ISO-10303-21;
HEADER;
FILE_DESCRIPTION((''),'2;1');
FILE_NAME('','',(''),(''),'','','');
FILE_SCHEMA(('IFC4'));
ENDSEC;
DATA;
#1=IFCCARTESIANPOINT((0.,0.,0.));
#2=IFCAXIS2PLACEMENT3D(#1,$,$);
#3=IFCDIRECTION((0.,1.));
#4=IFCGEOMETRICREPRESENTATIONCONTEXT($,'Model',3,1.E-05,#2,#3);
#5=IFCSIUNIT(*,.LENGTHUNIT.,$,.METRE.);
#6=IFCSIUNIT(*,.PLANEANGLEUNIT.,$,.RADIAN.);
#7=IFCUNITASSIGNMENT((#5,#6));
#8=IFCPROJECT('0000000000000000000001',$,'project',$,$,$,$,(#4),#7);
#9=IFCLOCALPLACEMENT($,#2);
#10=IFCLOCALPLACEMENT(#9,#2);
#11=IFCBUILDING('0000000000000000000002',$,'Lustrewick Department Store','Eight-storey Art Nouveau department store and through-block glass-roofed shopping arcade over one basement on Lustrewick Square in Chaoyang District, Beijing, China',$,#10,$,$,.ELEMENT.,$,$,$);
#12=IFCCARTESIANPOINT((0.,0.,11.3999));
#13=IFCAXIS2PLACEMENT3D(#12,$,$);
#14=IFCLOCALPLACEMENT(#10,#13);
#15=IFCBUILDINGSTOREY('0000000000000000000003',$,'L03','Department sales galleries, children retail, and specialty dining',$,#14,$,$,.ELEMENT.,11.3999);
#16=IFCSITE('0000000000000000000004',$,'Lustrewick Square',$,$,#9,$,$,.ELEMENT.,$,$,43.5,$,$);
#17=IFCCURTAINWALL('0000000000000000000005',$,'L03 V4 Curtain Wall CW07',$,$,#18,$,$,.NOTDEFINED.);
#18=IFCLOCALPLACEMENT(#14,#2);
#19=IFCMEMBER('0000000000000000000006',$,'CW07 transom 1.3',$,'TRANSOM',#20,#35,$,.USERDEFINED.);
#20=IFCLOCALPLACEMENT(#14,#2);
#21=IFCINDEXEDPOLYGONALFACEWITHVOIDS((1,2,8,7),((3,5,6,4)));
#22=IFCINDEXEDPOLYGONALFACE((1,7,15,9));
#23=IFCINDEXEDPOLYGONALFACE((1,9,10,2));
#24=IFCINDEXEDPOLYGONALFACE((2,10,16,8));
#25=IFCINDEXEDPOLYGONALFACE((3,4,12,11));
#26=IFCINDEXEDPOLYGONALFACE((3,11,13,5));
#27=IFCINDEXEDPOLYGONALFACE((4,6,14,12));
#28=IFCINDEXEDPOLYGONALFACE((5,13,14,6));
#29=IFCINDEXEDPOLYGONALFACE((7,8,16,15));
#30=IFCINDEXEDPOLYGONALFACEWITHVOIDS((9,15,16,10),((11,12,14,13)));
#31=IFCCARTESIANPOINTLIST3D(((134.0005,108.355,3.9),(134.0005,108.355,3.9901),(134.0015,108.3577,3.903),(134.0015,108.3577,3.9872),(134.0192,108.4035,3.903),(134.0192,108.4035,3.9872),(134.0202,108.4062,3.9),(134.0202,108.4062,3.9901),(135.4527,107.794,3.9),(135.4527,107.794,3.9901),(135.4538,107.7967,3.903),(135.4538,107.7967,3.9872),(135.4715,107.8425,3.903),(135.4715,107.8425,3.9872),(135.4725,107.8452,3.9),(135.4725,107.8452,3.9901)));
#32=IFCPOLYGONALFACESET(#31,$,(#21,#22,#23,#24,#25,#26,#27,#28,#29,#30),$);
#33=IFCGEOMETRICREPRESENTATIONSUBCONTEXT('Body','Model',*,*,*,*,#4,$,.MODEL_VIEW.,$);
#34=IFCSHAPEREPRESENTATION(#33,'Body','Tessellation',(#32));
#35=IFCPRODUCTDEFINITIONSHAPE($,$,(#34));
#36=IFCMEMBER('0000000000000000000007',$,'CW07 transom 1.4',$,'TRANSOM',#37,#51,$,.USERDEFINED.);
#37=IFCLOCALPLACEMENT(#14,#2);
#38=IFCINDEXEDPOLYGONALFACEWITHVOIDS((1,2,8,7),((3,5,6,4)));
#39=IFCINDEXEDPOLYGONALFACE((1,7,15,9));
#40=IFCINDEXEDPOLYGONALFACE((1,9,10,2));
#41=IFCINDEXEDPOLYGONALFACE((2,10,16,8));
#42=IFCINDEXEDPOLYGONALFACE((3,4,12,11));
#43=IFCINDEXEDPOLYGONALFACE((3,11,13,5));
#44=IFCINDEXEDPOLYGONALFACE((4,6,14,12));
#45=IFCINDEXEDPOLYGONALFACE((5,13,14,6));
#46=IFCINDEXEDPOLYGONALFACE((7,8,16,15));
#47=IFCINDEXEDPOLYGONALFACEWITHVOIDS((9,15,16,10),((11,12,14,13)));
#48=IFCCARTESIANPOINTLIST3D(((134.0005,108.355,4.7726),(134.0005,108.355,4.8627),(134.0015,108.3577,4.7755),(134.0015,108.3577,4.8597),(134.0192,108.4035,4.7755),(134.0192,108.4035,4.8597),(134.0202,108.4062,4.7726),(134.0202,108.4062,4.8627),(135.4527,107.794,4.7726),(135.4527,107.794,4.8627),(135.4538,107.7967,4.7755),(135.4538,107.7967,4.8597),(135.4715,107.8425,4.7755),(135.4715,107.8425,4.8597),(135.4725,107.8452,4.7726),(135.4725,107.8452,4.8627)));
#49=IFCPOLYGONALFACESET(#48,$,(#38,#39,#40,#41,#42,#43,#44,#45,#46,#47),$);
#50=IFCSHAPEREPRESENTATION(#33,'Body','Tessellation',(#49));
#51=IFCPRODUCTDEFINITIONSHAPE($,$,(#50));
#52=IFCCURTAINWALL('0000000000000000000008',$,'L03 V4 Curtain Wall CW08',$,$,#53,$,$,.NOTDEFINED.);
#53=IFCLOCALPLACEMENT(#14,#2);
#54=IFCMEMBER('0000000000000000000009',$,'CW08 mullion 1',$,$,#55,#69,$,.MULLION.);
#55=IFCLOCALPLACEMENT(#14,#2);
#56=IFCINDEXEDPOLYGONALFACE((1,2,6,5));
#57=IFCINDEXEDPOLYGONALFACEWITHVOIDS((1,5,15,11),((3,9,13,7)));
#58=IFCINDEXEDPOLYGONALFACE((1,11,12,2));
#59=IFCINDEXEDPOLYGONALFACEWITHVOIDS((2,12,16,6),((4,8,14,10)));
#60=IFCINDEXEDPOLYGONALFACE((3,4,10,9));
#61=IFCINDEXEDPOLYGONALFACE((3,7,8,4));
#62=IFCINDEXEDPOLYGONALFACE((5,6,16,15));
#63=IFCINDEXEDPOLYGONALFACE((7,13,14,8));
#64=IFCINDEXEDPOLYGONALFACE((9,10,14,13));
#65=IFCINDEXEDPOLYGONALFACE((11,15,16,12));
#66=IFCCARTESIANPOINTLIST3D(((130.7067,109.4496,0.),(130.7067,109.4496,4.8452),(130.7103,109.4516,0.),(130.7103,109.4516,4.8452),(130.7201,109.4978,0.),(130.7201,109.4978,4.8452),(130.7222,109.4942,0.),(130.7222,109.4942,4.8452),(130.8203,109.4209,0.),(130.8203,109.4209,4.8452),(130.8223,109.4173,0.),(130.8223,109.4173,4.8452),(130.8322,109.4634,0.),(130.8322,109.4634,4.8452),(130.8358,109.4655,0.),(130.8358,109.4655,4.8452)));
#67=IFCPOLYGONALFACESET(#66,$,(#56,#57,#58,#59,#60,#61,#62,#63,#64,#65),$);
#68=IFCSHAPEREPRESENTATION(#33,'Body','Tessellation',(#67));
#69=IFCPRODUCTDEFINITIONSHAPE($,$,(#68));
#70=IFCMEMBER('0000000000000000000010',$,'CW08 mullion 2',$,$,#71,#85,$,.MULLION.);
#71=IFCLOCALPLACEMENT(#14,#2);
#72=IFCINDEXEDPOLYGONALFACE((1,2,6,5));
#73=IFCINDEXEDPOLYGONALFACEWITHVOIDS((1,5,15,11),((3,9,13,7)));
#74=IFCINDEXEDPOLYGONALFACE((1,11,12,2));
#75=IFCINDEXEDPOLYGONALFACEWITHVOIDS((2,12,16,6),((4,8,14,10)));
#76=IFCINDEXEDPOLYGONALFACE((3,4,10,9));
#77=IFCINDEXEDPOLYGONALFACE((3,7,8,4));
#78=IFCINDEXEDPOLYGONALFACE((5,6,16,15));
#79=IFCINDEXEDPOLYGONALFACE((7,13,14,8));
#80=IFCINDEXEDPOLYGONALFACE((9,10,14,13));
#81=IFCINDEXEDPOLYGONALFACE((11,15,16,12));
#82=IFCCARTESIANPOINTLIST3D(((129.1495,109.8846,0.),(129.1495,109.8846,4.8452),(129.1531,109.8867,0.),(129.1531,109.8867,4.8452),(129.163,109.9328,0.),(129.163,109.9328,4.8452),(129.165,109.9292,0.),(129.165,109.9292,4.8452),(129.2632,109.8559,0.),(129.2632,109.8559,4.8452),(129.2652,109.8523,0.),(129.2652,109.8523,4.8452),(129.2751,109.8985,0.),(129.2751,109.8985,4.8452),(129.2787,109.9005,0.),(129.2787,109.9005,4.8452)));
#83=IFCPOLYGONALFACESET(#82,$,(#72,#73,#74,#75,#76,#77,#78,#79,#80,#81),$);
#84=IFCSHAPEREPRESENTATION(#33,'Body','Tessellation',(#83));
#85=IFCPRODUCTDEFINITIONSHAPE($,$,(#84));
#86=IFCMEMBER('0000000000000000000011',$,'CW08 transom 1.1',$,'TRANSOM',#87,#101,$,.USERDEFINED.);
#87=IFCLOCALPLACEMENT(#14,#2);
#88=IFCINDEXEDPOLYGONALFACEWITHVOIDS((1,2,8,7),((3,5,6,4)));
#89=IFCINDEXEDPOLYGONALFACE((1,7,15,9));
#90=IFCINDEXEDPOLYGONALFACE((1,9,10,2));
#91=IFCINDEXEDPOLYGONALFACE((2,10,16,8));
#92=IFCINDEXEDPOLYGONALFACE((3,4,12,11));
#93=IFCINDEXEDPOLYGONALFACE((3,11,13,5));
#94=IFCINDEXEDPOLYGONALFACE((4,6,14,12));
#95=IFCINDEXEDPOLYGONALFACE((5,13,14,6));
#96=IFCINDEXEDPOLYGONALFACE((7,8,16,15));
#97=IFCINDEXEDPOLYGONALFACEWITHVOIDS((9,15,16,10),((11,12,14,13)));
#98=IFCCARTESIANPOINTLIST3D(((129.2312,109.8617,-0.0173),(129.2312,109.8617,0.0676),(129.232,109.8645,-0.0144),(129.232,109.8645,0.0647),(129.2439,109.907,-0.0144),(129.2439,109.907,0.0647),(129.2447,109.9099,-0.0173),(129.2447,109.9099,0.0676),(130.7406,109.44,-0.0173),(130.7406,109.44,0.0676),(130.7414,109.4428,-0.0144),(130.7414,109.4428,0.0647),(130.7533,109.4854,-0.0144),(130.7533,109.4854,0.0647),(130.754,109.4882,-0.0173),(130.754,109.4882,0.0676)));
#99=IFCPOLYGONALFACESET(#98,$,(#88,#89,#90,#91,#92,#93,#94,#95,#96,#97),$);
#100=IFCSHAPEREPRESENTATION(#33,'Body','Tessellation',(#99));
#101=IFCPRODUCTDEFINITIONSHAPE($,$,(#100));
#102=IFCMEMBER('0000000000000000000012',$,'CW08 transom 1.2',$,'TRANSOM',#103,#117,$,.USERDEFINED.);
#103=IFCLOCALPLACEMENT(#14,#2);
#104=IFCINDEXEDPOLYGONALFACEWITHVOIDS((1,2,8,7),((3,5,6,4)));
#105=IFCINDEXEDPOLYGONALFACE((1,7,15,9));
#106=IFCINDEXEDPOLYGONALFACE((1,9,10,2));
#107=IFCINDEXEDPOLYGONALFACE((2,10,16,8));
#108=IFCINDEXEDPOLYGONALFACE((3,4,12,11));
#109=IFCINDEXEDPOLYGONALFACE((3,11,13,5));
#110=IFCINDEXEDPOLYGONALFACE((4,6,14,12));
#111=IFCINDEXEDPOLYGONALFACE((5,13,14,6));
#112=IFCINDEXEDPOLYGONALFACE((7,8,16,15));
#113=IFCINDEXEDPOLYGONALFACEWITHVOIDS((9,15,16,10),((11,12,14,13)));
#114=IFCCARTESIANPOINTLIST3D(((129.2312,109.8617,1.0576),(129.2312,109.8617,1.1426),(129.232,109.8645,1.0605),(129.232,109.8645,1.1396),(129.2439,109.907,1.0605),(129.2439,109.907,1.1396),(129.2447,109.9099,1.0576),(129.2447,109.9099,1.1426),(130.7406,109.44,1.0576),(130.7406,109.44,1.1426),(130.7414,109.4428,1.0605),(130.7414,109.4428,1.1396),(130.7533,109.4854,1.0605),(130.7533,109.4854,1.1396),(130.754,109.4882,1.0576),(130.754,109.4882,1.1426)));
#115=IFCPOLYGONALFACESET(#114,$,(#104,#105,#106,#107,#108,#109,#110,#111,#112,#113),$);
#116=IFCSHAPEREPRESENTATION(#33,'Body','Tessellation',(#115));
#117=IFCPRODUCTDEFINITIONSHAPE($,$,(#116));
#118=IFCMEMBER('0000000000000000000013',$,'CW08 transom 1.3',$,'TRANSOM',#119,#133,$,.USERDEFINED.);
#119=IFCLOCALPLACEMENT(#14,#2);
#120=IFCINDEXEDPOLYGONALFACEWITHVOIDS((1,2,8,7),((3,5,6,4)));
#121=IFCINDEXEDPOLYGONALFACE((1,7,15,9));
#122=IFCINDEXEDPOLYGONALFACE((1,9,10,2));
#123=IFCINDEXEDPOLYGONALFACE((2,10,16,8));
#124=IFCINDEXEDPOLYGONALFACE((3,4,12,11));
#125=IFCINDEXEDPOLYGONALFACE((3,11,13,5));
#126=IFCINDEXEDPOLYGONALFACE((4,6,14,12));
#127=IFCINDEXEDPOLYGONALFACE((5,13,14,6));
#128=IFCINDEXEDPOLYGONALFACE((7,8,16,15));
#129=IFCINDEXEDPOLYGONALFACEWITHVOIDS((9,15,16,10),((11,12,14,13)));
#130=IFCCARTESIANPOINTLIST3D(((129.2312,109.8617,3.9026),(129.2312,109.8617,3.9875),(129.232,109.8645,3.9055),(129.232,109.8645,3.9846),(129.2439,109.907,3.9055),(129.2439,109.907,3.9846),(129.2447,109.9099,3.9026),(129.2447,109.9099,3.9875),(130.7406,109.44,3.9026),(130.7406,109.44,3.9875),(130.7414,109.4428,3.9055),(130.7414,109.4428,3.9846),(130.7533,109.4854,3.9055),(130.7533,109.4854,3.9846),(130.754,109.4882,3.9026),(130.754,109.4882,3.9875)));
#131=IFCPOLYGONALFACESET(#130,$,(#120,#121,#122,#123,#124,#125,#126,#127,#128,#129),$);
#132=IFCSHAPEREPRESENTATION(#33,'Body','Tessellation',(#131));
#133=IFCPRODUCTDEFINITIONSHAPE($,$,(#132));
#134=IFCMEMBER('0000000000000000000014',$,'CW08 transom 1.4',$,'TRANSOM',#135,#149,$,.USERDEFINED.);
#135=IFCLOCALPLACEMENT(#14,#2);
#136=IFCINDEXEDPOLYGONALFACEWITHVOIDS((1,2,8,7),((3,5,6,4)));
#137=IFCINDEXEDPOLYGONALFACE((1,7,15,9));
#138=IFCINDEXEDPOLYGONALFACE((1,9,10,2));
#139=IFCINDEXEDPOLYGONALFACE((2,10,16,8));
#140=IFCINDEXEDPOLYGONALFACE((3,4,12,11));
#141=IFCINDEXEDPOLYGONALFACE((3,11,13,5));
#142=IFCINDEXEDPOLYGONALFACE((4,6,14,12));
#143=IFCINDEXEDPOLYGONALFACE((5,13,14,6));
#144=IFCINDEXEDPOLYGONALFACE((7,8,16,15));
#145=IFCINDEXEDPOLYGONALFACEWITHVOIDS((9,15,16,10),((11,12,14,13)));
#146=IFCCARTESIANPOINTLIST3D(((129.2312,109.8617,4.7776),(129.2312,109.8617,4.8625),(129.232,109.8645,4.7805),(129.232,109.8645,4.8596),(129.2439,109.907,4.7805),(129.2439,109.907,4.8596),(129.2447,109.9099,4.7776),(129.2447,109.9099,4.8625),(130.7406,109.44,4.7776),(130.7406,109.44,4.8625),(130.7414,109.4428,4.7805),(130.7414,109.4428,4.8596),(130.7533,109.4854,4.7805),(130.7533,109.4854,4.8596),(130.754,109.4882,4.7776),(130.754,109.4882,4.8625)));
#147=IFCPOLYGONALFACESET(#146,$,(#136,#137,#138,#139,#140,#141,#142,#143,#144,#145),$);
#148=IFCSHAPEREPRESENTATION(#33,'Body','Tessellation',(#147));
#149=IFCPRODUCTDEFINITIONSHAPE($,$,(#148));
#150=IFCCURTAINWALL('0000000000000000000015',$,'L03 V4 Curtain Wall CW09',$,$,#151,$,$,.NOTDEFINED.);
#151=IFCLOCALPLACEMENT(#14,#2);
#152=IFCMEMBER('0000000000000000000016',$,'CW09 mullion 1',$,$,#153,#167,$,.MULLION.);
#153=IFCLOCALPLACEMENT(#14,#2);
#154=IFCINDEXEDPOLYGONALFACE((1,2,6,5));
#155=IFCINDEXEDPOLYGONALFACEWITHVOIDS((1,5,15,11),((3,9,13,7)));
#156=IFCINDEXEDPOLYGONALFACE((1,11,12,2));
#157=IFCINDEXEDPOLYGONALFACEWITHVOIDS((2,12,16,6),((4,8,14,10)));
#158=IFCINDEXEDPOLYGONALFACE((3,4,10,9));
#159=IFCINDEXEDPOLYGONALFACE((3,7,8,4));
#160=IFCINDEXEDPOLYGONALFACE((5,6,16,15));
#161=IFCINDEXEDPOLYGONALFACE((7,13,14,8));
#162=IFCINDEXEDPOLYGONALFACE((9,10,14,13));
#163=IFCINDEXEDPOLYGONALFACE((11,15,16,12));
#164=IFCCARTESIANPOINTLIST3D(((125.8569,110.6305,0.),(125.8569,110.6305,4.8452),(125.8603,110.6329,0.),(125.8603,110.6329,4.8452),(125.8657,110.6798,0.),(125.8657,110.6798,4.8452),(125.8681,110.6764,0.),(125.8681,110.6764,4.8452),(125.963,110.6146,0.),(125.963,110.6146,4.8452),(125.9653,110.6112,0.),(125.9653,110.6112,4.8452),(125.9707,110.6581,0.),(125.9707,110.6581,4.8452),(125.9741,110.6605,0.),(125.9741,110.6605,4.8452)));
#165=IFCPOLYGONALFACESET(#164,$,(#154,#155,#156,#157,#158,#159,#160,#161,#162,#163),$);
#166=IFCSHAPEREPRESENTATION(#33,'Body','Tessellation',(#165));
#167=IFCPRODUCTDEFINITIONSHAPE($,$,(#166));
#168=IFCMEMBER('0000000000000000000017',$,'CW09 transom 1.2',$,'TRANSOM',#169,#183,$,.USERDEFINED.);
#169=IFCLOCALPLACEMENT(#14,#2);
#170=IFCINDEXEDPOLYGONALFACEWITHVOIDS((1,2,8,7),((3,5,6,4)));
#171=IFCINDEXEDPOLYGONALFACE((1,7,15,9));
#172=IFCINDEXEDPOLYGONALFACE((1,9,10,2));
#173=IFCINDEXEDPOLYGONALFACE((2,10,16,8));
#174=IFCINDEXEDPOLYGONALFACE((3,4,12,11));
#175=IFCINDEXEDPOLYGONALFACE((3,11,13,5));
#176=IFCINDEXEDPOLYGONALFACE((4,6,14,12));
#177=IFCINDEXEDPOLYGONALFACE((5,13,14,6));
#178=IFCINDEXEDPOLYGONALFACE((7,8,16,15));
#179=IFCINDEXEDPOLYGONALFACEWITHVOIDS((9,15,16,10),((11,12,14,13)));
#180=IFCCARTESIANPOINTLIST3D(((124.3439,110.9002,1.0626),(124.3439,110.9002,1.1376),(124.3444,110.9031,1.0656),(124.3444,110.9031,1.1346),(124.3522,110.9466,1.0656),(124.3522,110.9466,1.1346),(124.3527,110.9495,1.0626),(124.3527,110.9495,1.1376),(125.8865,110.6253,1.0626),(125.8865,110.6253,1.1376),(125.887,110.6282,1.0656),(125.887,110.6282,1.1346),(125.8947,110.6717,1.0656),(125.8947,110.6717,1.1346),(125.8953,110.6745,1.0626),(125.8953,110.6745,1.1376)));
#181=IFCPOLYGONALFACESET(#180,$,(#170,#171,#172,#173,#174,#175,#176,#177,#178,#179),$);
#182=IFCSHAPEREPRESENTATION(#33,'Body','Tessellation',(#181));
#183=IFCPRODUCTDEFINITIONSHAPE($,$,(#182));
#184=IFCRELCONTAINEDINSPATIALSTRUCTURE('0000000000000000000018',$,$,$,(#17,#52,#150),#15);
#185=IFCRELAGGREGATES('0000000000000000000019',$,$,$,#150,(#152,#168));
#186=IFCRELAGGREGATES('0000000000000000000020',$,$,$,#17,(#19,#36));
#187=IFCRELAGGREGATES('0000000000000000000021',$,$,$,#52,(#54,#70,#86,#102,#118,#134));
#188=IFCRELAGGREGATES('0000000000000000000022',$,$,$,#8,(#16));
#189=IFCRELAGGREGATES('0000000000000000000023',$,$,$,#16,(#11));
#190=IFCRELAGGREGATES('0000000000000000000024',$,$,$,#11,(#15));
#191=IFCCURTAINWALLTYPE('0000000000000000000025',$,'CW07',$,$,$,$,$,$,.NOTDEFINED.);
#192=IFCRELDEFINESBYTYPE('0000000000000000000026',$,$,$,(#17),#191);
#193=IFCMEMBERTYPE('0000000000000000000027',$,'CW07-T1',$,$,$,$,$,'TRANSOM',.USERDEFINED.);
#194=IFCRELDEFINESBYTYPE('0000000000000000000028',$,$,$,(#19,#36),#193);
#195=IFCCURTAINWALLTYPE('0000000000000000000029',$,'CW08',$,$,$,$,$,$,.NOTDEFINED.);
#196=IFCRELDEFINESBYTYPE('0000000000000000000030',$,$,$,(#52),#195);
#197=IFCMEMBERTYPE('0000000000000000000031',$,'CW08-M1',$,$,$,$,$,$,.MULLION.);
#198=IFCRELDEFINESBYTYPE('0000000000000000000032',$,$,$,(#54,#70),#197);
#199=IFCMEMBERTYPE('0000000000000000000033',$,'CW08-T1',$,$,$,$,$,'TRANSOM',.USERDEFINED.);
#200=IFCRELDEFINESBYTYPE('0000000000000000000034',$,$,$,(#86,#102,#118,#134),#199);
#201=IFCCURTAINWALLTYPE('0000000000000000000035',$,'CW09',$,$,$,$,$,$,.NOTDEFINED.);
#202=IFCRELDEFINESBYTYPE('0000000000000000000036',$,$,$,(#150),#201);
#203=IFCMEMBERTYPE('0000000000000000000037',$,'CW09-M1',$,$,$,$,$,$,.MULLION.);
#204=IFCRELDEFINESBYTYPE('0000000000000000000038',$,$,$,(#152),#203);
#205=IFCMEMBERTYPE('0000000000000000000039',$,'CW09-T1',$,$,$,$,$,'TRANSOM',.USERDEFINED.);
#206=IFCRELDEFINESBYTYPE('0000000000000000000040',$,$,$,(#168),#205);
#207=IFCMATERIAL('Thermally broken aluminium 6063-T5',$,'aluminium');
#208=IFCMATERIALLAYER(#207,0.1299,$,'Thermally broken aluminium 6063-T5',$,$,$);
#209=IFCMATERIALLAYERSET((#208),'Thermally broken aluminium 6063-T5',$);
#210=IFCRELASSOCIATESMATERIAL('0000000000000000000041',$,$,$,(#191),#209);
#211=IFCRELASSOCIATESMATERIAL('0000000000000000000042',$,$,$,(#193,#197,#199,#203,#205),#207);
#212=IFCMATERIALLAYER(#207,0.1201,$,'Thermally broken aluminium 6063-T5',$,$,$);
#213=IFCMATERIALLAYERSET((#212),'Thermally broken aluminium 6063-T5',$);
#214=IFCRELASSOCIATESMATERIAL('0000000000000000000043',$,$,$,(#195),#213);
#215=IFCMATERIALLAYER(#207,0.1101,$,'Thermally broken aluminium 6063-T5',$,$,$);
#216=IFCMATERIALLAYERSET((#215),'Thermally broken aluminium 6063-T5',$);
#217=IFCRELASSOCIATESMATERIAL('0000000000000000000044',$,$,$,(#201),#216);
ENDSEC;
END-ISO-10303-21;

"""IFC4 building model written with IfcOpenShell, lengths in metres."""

from ifc_helpers import new_model, si_unit, direction, frame, origin, origin_2d, place, context, subcontext, project, spatial, hollow_rectangle, extrude, material, layer, layer_set, material_profile, profile_set, type_object, element, aggregate, save


model = new_model("IFC4")

# Units and contexts
model_context = context("Model", 3, precision=1e-05, world=origin(), true_north=direction((0.0, 1.0)))
body_context = subcontext(model_context, "Body", "Model", "MODEL_VIEW")
ifc_project = project(units=[si_unit("LENGTHUNIT", "METRE"), si_unit("PLANEANGLEUNIT", "RADIAN")], contexts=[model_context])

# Site, building, storey
site_placement = place(None, origin())
site = spatial("IfcSite", under=ifc_project, at=site_placement, Name="Lustrewick Square", CompositionType="ELEMENT", RefElevation=43.5)
building_placement = place(site_placement, origin())
building = spatial("IfcBuilding", under=site, at=building_placement, Name="Lustrewick Department Store", Description="Eight-storey Art Nouveau department store and through-block glass-roofed shopping arcade over one basement on Lustrewick Square in Chaoyang District, Beijing, China", CompositionType="ELEMENT")
storey_placement = place(building_placement, frame((0.0, 0.0, 11.3999)))
storey = spatial("IfcBuildingStorey", under=building, at=storey_placement, Name="L03", Description="Department sales galleries, children retail, and specialty dining", CompositionType="ELEMENT", Elevation=11.3999)

# Shared definitions
ifc_material_1 = material(Name="Thermally broken aluminium 6063-T5", Category="aluminium")

# Curtain walls, members
ifc_layer_1 = layer(ifc_material_1, 0.1299, Name="Thermally broken aluminium 6063-T5")
ifc_layer_set_1 = layer_set([ifc_layer_1], Name="Thermally broken aluminium 6063-T5")
curtain_wall_type_1 = type_object("IfcCurtainWallType", Name="CW07", PredefinedType="NOTDEFINED", material=ifc_layer_set_1)
curtain_wall_1_placement = place(storey_placement, origin())
curtain_wall_1 = element("IfcCurtainWall", 1, at=curtain_wall_1_placement, inside=storey, type_object=curtain_wall_type_1, Name="L03 V4 Curtain Wall CW07", PredefinedType="NOTDEFINED")
ifc_material_profile_1 = material_profile(ifc_material_1, hollow_rectangle(XDim=0.0549, YDim=0.0901, WallThickness=0.0029, at=origin_2d()), Name="ALU-T 55x90x3")
ifc_profile_set_1 = profile_set([ifc_material_profile_1], Name="Thermally broken aluminium 6063-T5")
member_type_1 = type_object("IfcMemberType", Name="CW07-T1", ElementType="TRANSOM", PredefinedType="USERDEFINED", material=ifc_profile_set_1)
member_1_placement = place(storey_placement, frame((135.4626, 107.8196, 3.9451), z_axis=(-0.932823, 0.360334, 0.0), x_axis=(-0.360334, -0.932823, 0.0)))
member_1 = element("IfcMember", 2, at=member_1_placement, type_object=member_type_1, Name="CW07 transom 1.3", ObjectType="TRANSOM", PredefinedType="USERDEFINED", context=body_context, shape_type="SweptSolid", body=[
    extrude(hollow_rectangle(XDim=0.0549, YDim=0.0901, WallThickness=0.0029, at=origin_2d()), origin(), (0.0, 0.0, 1.0), 1.5569),
])
member_2_placement = place(storey_placement, frame((135.4626, 107.8196, 4.8176), z_axis=(-0.932823, 0.360334, 0.0), x_axis=(-0.360334, -0.932823, 0.0)))
member_2 = element("IfcMember", 3, at=member_2_placement, type_object=member_type_1, Name="CW07 transom 1.4", ObjectType="TRANSOM", PredefinedType="USERDEFINED", context=body_context, shape_type="SweptSolid", body=[
    extrude(hollow_rectangle(XDim=0.0549, YDim=0.0901, WallThickness=0.0029, at=origin_2d()), origin(), (0.0, 0.0, 1.0), 1.5569),
])
ifc_layer_2 = layer(ifc_material_1, 0.1201, Name="Thermally broken aluminium 6063-T5")
ifc_layer_set_2 = layer_set([ifc_layer_2], Name="Thermally broken aluminium 6063-T5")
curtain_wall_type_2 = type_object("IfcCurtainWallType", Name="CW08", PredefinedType="NOTDEFINED", material=ifc_layer_set_2)
curtain_wall_2_placement = place(storey_placement, origin())
curtain_wall_2 = element("IfcCurtainWall", 4, at=curtain_wall_2_placement, inside=storey, type_object=curtain_wall_type_2, Name="L03 V4 Curtain Wall CW08", PredefinedType="NOTDEFINED")
ifc_material_profile_2 = material_profile(ifc_material_1, hollow_rectangle(XDim=0.05, YDim=0.1201, WallThickness=0.0029, at=origin_2d()), Name="ALU-M 50x120x3")
ifc_profile_set_2 = profile_set([ifc_material_profile_2], Name="Thermally broken aluminium 6063-T5")
member_type_2 = type_object("IfcMemberType", Name="CW08-M1", PredefinedType="MULLION", material=ifc_profile_set_2)
member_3_placement = place(storey_placement, frame((130.7712, 109.4575, 0.0), z_axis=(0.0, 0.0, 1.0), x_axis=(-0.269123, -0.963106, 0.0)))
member_3 = element("IfcMember", 5, at=member_3_placement, type_object=member_type_2, Name="CW08 mullion 1", PredefinedType="MULLION", context=body_context, shape_type="SweptSolid", body=[
    extrude(hollow_rectangle(XDim=0.05, YDim=0.1201, WallThickness=0.0029, at=origin_2d()), origin(), (0.0, 0.0, 1.0), 4.8452),
])
member_4_placement = place(storey_placement, frame((129.2141, 109.8926, 0.0), z_axis=(0.0, 0.0, 1.0), x_axis=(-0.269123, -0.963106, 0.0)))
member_4 = element("IfcMember", 6, at=member_4_placement, type_object=member_type_2, Name="CW08 mullion 2", PredefinedType="MULLION", context=body_context, shape_type="SweptSolid", body=[
    extrude(hollow_rectangle(XDim=0.05, YDim=0.1201, WallThickness=0.0029, at=origin_2d()), origin(), (0.0, 0.0, 1.0), 4.8452),
])
ifc_material_profile_3 = material_profile(ifc_material_1, hollow_rectangle(XDim=0.05, YDim=0.085, WallThickness=0.0029, at=origin_2d()), Name="ALU-T 50x85x3")
ifc_profile_set_3 = profile_set([ifc_material_profile_3], Name="Thermally broken aluminium 6063-T5")
member_type_3 = type_object("IfcMemberType", Name="CW08-T1", ElementType="TRANSOM", PredefinedType="USERDEFINED", material=ifc_profile_set_3)
member_5_placement = place(storey_placement, frame((130.7473, 109.4641, 0.0251), z_axis=(-0.963124, 0.269058, 0.0), x_axis=(-0.269058, -0.963124, 0.0)))
member_5 = element("IfcMember", 7, at=member_5_placement, type_object=member_type_3, Name="CW08 transom 1.1", ObjectType="TRANSOM", PredefinedType="USERDEFINED", context=body_context, shape_type="SweptSolid", body=[
    extrude(hollow_rectangle(XDim=0.05, YDim=0.085, WallThickness=0.0029, at=origin_2d()), origin(), (0.0, 0.0, 1.0), 1.5671),
])
member_6_placement = place(storey_placement, frame((130.7473, 109.4641, 1.1001), z_axis=(-0.963124, 0.269058, 0.0), x_axis=(-0.269058, -0.963124, 0.0)))
member_6 = element("IfcMember", 8, at=member_6_placement, type_object=member_type_3, Name="CW08 transom 1.2", ObjectType="TRANSOM", PredefinedType="USERDEFINED", context=body_context, shape_type="SweptSolid", body=[
    extrude(hollow_rectangle(XDim=0.05, YDim=0.085, WallThickness=0.0029, at=origin_2d()), origin(), (0.0, 0.0, 1.0), 1.5671),
])
member_7_placement = place(storey_placement, frame((130.7473, 109.4641, 3.9451), z_axis=(-0.963124, 0.269058, 0.0), x_axis=(-0.269058, -0.963124, 0.0)))
member_7 = element("IfcMember", 9, at=member_7_placement, type_object=member_type_3, Name="CW08 transom 1.3", ObjectType="TRANSOM", PredefinedType="USERDEFINED", context=body_context, shape_type="SweptSolid", body=[
    extrude(hollow_rectangle(XDim=0.05, YDim=0.085, WallThickness=0.0029, at=origin_2d()), origin(), (0.0, 0.0, 1.0), 1.5671),
])
member_8_placement = place(storey_placement, frame((130.7473, 109.4641, 4.8201), z_axis=(-0.963124, 0.269058, 0.0), x_axis=(-0.269058, -0.963124, 0.0)))
member_8 = element("IfcMember", 10, at=member_8_placement, type_object=member_type_3, Name="CW08 transom 1.4", ObjectType="TRANSOM", PredefinedType="USERDEFINED", context=body_context, shape_type="SweptSolid", body=[
    extrude(hollow_rectangle(XDim=0.05, YDim=0.085, WallThickness=0.0029, at=origin_2d()), origin(), (0.0, 0.0, 1.0), 1.5671),
])
ifc_layer_3 = layer(ifc_material_1, 0.1101, Name="Thermally broken aluminium 6063-T5")
ifc_layer_set_3 = layer_set([ifc_layer_3], Name="Thermally broken aluminium 6063-T5")
curtain_wall_type_3 = type_object("IfcCurtainWallType", Name="CW09", PredefinedType="NOTDEFINED", material=ifc_layer_set_3)
curtain_wall_3_placement = place(storey_placement, origin())
curtain_wall_3 = element("IfcCurtainWall", 11, at=curtain_wall_3_placement, inside=storey, type_object=curtain_wall_type_3, Name="L03 V4 Curtain Wall CW09", PredefinedType="NOTDEFINED")
ifc_material_profile_4 = material_profile(ifc_material_1, hollow_rectangle(XDim=0.05, YDim=0.1101, WallThickness=0.0029, at=origin_2d()), Name="ALU-M 50x110x3")
ifc_profile_set_4 = profile_set([ifc_material_profile_4], Name="Thermally broken aluminium 6063-T5")
member_type_4 = type_object("IfcMemberType", Name="CW09-M1", PredefinedType="MULLION", material=ifc_profile_set_4)
member_9_placement = place(storey_placement, frame((125.9155, 110.6455, 0.0), z_axis=(0.0, 0.0, 1.0), x_axis=(-0.175421, -0.984494, 0.0)))
member_9 = element("IfcMember", 12, at=member_9_placement, type_object=member_type_4, Name="CW09 mullion 1", PredefinedType="MULLION", context=body_context, shape_type="SweptSolid", body=[
    extrude(hollow_rectangle(XDim=0.05, YDim=0.1101, WallThickness=0.0029, at=origin_2d()), origin(), (0.0, 0.0, 1.0), 4.8452),
])
ifc_material_profile_5 = material_profile(ifc_material_1, hollow_rectangle(XDim=0.05, YDim=0.075, WallThickness=0.0029, at=origin_2d()), Name="ALU-T 50x75x3")
ifc_profile_set_5 = profile_set([ifc_material_profile_5], Name="Thermally broken aluminium 6063-T5")
member_type_5 = type_object("IfcMemberType", Name="CW09-T1", ElementType="TRANSOM", PredefinedType="USERDEFINED", material=ifc_profile_set_5)
member_10_placement = place(storey_placement, frame((125.8909, 110.6499, 1.1001), z_axis=(-0.984487, 0.175456, 0.0), x_axis=(-0.175456, -0.984487, 0.0)))
member_10 = element("IfcMember", 13, at=member_10_placement, type_object=member_type_5, Name="CW09 transom 1.2", ObjectType="TRANSOM", PredefinedType="USERDEFINED", context=body_context, shape_type="SweptSolid", body=[
    extrude(hollow_rectangle(XDim=0.05, YDim=0.075, WallThickness=0.0029, at=origin_2d()), origin(), (0.0, 0.0, 1.0), 1.5669),
])
aggregate(curtain_wall_3, [member_9, member_10])

aggregate(curtain_wall_1, [member_1, member_2])
aggregate(curtain_wall_2, [member_3, member_4, member_5, member_6, member_7, member_8])

save(model, "model.ifc")
